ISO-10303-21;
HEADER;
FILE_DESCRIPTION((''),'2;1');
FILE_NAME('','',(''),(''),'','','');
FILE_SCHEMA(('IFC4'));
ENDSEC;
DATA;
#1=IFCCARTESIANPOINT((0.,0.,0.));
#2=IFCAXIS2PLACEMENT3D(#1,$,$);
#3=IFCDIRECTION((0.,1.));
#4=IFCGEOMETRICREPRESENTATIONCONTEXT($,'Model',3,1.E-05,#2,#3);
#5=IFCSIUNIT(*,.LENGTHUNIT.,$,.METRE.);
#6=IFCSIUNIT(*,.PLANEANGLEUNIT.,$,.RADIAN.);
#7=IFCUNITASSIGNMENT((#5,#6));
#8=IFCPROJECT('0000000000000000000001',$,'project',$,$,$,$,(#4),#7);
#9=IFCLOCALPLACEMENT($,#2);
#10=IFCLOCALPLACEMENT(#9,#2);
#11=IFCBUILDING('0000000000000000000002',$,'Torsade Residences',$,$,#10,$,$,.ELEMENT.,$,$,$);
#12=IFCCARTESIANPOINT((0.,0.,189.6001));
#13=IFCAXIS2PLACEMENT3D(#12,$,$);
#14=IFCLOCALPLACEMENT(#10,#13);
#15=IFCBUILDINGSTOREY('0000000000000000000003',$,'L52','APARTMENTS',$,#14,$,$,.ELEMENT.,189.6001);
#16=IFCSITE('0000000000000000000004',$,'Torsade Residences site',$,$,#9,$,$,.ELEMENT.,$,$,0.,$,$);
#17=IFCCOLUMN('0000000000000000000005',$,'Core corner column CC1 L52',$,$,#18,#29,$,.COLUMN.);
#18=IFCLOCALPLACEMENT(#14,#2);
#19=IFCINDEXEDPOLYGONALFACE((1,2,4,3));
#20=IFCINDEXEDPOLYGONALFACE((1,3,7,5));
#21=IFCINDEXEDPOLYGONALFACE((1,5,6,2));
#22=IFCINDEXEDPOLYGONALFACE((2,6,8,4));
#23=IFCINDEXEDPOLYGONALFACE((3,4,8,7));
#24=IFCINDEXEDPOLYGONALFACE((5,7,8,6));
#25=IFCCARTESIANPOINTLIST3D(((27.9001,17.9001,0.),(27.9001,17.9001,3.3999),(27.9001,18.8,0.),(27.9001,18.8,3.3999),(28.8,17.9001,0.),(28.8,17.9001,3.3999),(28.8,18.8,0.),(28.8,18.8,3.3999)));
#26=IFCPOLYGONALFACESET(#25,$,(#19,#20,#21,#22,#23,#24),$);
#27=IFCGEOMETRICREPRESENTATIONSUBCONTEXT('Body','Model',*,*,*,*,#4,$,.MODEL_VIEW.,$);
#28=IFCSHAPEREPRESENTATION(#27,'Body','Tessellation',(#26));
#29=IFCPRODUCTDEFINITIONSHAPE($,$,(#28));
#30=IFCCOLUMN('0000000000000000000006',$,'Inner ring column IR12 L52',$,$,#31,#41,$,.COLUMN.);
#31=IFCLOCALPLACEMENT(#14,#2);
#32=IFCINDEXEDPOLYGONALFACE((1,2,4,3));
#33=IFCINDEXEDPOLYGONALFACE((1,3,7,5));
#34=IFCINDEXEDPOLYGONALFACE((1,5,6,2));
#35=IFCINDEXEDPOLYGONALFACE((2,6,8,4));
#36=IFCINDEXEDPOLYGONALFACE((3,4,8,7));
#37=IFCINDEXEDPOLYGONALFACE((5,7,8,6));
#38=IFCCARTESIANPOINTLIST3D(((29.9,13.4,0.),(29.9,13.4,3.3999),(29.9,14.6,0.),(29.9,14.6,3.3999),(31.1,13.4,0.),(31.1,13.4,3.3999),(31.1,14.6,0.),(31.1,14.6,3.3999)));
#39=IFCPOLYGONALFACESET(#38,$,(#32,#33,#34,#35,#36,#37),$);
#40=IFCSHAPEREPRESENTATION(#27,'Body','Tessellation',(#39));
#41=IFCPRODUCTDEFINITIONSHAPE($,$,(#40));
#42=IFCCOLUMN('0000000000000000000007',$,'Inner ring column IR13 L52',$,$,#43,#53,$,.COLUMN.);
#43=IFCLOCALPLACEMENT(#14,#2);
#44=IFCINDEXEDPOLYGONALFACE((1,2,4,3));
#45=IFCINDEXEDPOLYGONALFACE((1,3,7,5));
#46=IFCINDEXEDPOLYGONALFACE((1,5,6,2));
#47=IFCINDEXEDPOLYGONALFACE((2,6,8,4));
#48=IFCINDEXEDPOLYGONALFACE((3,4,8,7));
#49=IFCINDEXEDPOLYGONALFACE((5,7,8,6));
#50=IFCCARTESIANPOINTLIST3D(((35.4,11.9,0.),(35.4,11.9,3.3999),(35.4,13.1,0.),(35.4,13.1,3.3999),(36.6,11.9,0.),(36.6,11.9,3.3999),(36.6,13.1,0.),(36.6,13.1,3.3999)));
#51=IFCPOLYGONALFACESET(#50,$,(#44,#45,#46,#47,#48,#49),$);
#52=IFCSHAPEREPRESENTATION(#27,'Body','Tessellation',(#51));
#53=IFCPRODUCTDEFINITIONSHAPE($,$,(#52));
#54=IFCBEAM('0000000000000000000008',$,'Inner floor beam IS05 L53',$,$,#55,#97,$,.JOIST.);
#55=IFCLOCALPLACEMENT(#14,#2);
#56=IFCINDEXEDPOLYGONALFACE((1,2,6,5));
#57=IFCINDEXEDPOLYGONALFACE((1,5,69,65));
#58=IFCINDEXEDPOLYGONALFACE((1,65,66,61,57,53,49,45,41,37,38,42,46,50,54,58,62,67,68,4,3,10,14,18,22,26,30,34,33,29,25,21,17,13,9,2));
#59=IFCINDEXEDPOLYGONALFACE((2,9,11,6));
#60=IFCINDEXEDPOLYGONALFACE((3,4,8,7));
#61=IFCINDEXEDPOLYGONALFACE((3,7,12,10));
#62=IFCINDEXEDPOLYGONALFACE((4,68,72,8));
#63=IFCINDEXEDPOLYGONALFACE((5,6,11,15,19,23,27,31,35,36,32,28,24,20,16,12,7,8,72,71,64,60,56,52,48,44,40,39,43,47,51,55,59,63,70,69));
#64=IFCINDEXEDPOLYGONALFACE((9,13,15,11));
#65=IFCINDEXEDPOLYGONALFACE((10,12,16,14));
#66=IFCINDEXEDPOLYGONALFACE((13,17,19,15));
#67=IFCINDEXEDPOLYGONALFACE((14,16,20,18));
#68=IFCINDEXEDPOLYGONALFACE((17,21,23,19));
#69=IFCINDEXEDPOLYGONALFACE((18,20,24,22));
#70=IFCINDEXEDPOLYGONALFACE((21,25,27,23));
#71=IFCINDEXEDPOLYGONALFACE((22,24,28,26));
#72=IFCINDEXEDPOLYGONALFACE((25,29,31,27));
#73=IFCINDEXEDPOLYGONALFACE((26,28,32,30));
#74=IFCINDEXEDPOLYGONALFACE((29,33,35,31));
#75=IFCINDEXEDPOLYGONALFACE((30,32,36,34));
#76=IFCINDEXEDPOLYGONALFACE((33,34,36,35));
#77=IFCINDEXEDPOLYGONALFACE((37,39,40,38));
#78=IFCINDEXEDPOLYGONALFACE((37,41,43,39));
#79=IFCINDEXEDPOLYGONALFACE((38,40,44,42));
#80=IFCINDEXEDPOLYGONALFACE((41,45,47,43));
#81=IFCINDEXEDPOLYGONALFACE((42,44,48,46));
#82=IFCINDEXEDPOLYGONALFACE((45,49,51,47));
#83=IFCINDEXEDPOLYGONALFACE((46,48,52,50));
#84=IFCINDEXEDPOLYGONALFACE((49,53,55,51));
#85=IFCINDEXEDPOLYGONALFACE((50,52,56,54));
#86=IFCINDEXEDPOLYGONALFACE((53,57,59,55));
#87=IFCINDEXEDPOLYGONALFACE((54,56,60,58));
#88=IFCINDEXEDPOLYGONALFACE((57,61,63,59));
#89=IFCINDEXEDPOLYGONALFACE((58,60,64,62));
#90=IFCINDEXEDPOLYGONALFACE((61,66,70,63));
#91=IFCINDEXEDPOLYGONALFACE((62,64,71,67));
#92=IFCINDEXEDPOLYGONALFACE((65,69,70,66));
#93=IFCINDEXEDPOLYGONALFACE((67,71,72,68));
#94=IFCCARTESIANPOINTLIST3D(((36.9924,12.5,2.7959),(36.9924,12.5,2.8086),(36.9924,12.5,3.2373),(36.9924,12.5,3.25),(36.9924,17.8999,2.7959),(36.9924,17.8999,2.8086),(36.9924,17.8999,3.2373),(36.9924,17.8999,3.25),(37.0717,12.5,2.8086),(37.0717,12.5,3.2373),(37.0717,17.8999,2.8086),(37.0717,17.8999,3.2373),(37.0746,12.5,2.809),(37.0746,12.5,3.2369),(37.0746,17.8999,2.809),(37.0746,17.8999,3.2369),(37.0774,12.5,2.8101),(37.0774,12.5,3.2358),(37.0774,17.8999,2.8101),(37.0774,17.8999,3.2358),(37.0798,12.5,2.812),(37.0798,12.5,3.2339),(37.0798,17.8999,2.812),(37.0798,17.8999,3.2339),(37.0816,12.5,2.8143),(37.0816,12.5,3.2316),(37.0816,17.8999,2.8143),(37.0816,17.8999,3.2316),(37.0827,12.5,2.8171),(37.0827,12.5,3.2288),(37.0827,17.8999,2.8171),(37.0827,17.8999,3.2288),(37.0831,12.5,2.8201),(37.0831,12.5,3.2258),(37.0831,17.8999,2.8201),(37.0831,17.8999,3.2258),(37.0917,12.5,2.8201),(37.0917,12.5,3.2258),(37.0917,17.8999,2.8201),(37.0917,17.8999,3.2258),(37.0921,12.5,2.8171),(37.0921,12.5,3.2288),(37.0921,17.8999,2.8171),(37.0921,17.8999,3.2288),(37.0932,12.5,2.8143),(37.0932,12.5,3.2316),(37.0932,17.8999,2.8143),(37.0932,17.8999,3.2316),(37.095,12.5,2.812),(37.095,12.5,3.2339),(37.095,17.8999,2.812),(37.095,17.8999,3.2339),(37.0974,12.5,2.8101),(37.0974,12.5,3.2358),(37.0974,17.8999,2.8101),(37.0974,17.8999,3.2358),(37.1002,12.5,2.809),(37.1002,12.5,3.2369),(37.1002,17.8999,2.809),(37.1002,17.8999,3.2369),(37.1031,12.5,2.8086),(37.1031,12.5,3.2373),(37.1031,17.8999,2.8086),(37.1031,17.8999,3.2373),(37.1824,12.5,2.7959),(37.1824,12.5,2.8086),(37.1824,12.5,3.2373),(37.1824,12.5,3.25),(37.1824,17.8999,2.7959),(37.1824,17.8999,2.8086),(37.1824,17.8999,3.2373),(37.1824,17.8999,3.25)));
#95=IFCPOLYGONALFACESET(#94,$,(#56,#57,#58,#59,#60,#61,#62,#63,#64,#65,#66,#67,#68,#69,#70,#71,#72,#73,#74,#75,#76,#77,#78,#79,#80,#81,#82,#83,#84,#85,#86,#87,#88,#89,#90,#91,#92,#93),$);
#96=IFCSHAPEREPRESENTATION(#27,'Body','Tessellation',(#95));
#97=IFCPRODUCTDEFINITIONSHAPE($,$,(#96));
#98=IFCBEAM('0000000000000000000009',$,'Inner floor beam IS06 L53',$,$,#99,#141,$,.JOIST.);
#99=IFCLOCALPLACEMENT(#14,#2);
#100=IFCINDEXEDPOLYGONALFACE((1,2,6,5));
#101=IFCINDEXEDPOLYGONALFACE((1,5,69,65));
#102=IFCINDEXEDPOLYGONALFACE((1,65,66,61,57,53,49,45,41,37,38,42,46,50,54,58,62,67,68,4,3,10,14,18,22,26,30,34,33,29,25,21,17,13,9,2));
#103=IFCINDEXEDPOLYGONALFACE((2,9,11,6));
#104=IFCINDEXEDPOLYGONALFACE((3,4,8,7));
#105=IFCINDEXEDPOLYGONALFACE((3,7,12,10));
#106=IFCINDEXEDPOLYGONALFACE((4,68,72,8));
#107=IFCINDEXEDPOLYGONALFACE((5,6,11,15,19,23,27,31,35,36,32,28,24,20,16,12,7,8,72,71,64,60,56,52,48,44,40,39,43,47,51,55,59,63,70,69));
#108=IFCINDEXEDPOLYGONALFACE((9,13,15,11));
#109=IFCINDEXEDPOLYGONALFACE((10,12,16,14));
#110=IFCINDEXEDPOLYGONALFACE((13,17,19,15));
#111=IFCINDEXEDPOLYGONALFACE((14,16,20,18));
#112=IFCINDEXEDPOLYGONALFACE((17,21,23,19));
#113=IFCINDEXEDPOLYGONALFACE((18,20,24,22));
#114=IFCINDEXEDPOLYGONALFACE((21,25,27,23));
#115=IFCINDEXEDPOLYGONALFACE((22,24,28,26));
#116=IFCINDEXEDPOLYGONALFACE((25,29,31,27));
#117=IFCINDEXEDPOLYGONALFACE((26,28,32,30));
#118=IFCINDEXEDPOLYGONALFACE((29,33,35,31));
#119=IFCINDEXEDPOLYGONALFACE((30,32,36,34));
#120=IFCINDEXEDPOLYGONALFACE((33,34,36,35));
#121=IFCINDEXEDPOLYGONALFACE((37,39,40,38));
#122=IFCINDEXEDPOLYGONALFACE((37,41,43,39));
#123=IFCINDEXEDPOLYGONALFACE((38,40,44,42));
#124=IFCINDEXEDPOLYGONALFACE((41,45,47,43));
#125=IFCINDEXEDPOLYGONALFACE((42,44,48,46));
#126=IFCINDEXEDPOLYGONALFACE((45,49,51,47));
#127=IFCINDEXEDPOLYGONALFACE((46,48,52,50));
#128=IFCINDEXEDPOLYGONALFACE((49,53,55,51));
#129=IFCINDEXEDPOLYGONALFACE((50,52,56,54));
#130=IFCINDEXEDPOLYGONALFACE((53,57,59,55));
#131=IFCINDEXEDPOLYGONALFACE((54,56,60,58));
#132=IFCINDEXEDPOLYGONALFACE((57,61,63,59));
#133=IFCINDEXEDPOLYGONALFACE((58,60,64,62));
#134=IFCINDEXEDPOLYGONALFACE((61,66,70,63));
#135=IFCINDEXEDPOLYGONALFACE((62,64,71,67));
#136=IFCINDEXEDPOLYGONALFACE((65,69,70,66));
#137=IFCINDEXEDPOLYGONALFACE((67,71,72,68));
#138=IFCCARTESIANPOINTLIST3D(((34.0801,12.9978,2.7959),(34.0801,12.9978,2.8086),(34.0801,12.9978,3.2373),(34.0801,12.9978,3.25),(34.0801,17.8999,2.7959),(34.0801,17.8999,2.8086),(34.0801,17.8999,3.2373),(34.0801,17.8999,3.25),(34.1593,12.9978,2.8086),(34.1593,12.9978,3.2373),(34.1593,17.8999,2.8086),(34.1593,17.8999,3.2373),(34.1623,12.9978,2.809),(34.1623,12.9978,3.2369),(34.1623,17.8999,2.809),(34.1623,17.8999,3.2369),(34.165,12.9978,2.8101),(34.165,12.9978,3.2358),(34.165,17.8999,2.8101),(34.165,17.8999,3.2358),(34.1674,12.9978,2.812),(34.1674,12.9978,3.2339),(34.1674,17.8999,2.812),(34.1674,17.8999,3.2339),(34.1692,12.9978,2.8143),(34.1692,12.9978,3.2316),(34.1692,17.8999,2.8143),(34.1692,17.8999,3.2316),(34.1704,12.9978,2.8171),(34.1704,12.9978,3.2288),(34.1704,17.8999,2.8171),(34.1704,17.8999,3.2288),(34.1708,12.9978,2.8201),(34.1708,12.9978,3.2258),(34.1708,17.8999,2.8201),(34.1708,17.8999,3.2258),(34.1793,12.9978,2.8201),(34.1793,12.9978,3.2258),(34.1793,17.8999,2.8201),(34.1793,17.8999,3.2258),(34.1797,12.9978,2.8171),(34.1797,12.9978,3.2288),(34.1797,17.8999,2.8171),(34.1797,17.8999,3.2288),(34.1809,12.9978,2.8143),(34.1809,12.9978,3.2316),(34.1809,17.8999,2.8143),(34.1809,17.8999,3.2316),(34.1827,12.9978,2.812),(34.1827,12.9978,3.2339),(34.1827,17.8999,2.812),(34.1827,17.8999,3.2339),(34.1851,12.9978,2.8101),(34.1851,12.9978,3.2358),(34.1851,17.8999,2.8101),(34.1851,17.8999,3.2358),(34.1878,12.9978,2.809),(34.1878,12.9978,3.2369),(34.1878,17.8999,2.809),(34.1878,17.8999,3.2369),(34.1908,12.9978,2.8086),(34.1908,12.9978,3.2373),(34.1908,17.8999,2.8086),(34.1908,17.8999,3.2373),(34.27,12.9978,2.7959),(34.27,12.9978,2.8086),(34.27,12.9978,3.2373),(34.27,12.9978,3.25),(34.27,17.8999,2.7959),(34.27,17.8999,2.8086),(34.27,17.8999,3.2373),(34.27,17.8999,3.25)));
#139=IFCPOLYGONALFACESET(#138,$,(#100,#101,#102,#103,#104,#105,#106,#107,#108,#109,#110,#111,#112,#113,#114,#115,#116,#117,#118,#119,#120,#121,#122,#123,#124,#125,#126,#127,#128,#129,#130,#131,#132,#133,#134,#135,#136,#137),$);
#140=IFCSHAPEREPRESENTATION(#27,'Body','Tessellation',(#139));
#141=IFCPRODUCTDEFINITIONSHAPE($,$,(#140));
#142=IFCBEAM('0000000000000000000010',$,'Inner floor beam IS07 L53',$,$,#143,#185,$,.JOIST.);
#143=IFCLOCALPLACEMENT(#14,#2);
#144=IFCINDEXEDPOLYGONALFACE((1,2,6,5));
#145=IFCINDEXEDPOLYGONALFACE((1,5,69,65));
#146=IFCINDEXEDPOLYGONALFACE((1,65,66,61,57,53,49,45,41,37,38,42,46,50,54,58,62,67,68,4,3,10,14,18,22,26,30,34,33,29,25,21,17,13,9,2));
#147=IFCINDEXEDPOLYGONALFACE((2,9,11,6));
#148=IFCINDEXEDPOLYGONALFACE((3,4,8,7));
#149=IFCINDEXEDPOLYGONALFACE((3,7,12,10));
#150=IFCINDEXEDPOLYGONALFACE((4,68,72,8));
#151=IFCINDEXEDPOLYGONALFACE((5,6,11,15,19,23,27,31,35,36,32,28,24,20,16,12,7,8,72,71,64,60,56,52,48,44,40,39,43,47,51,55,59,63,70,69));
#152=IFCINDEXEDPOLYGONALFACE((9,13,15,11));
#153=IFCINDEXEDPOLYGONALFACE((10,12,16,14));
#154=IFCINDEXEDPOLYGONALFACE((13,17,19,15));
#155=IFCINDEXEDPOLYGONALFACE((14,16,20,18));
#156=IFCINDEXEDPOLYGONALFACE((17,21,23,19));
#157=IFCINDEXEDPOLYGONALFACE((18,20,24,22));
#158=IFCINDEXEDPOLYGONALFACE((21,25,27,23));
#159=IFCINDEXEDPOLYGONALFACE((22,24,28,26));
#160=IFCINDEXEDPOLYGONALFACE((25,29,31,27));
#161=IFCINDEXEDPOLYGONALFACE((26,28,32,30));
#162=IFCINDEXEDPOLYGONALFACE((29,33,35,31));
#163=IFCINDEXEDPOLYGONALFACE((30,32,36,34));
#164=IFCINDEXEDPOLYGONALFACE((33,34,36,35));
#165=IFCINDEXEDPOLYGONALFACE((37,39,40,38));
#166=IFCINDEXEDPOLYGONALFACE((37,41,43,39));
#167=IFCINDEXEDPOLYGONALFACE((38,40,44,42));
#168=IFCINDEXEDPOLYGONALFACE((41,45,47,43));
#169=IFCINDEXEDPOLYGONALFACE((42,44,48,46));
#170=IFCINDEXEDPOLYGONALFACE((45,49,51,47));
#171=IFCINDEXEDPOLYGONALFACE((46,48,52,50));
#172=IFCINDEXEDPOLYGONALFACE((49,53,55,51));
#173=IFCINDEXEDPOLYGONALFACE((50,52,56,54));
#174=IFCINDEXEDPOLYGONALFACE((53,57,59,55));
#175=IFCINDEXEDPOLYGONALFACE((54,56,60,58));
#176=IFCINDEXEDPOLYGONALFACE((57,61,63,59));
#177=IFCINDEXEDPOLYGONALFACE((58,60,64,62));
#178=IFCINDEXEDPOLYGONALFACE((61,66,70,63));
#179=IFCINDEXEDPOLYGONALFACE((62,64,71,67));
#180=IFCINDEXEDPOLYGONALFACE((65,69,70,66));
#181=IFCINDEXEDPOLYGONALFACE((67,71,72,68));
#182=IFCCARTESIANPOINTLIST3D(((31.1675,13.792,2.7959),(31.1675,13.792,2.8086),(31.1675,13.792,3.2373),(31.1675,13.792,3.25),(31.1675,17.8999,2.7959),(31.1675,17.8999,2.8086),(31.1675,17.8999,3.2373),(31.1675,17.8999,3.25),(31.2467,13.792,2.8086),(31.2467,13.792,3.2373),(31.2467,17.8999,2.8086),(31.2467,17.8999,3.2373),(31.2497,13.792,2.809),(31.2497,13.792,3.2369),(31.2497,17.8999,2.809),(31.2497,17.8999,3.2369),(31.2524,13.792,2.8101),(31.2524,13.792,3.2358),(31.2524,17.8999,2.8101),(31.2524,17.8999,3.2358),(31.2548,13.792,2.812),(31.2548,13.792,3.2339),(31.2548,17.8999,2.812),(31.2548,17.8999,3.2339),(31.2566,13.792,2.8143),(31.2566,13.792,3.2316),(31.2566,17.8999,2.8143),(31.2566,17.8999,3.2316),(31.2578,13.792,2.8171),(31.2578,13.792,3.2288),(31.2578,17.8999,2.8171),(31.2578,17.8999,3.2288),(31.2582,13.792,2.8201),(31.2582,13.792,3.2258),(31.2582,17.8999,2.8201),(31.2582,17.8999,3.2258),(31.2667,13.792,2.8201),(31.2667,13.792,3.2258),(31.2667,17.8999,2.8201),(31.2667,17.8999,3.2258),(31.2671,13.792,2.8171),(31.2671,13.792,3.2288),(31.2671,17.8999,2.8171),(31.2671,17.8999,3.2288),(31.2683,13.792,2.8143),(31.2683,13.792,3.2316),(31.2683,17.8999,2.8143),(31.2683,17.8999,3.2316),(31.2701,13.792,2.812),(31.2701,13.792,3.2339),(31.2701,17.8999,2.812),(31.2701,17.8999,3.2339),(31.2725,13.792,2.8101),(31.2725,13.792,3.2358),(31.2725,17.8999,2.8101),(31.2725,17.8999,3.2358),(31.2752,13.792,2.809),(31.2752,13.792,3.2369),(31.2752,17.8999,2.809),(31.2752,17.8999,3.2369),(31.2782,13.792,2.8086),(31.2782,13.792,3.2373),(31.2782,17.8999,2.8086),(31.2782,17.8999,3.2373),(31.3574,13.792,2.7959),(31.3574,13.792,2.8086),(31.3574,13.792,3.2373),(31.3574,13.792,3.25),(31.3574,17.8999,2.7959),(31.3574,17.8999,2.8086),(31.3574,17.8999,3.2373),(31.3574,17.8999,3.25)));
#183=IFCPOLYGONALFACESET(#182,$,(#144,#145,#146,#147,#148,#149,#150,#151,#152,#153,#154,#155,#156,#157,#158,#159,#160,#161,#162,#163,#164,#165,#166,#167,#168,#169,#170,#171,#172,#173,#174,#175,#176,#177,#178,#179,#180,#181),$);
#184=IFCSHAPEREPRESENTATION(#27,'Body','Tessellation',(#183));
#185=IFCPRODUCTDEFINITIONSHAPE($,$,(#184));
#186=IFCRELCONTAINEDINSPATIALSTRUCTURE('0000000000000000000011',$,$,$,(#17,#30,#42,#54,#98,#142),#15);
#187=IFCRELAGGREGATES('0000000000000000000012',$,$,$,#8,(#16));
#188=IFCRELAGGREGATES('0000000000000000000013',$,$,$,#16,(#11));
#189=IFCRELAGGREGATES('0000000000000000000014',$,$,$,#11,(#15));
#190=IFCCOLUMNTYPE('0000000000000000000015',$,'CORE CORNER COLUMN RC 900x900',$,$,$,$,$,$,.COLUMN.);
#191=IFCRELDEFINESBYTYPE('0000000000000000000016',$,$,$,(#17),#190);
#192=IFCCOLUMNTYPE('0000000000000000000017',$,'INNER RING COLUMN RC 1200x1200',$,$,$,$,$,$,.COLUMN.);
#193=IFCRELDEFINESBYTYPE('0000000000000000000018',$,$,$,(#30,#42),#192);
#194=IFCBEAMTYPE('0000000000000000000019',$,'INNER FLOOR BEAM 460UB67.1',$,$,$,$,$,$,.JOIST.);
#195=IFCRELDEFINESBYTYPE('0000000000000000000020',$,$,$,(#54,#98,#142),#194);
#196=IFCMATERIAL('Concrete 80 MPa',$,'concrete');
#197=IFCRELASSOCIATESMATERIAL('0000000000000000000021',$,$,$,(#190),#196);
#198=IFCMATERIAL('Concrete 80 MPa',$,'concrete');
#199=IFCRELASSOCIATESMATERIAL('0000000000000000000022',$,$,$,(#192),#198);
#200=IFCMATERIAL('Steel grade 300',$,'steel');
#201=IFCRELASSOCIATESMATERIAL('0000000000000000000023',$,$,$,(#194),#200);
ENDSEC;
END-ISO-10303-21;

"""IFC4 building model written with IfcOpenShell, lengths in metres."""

from ifc_helpers import new_model, si_unit, direction, frame, origin, origin_2d, place, context, subcontext, project, spatial, rectangle, i_section, extrude, material, material_profile, profile_set, type_object, element, save


model = new_model("IFC4")

# Units and contexts
model_context = context("Model", 3, precision=1e-05, world=origin(), true_north=direction((0.0, 1.0)))
body_context = subcontext(model_context, "Body", "Model", "MODEL_VIEW")
ifc_project = project(units=[si_unit("LENGTHUNIT", "METRE"), si_unit("PLANEANGLEUNIT", "RADIAN")], contexts=[model_context])

# Site, building, storey
site_placement = place(None, origin())
site = spatial("IfcSite", under=ifc_project, at=site_placement, Name="Torsade Residences site", CompositionType="ELEMENT", RefElevation=0.0)
building_placement = place(site_placement, origin())
building = spatial("IfcBuilding", under=site, at=building_placement, Name="Torsade Residences", CompositionType="ELEMENT")
storey_placement = place(building_placement, frame((0.0, 0.0, 189.6001)))
storey = spatial("IfcBuildingStorey", under=building, at=storey_placement, Name="L52", Description="APARTMENTS", CompositionType="ELEMENT", Elevation=189.6001)

# Columns
ifc_material_1 = material(Name="Concrete 80 MPa", Category="concrete")
ifc_material_profile_1 = material_profile(ifc_material_1, rectangle(XDim=0.8999, YDim=0.8999, at=origin_2d()), Name="RC 900x900")
ifc_profile_set_1 = profile_set([ifc_material_profile_1], Name="Concrete 80 MPa")
column_type_1 = type_object("IfcColumnType", Name="CORE CORNER COLUMN RC 900x900", PredefinedType="COLUMN", material=ifc_profile_set_1)
column_placement = place(storey_placement, frame((28.3501, 18.3501, 0.0), z_axis=(0.0, 0.0, 1.0), x_axis=(1.0, 0.0, 0.0)))
element("IfcColumn", 1, at=column_placement, inside=storey, type_object=column_type_1, Name="Core corner column CC1 L52", PredefinedType="COLUMN", context=body_context, shape_type="SweptSolid", body=[
    extrude(rectangle(XDim=0.8999, YDim=0.8999, at=origin_2d()), origin(), (0.0, 0.0, 1.0), 3.3999),
])
ifc_material_2 = material(Name="Concrete 80 MPa", Category="concrete")
ifc_material_profile_2 = material_profile(ifc_material_2, rectangle(XDim=1.2, YDim=1.2, at=origin_2d()), Name="RC 1200x1200")
ifc_profile_set_2 = profile_set([ifc_material_profile_2], Name="Concrete 80 MPa")
column_type_2 = type_object("IfcColumnType", Name="INNER RING COLUMN RC 1200x1200", PredefinedType="COLUMN", material=ifc_profile_set_2)
for number, where, z_axis, x_axis, name in (
    (2, (30.5, 14.0, 0.0), (0.0, 0.0, 1.0), (1.0, 0.0, 0.0), "Inner ring column IR12 L52"),
    (3, (36.0, 12.5, 0.0), (0.0, 0.0, 1.0), (1.0, 0.0, 0.0), "Inner ring column IR13 L52"),
):
    element("IfcColumn", number, at=place(storey_placement, frame(where, z_axis=z_axis, x_axis=x_axis)), inside=storey, type_object=column_type_2, Name=name, PredefinedType="COLUMN", context=body_context, shape_type="SweptSolid", body=[
        extrude(rectangle(XDim=1.2, YDim=1.2, at=origin_2d()), origin(), (0.0, 0.0, 1.0), 3.3999),
    ])

# Beams
ifc_material_3 = material(Name="Steel grade 300", Category="steel")
ifc_material_profile_3 = material_profile(ifc_material_3, i_section(OverallWidth=0.1899, OverallDepth=0.4541, WebThickness=0.0085, FlangeThickness=0.0127, FilletRadius=0.0115, at=origin_2d()), Name="460UB67.1")
ifc_profile_set_3 = profile_set([ifc_material_profile_3], Name="Steel grade 300")
beam_type_1 = type_object("IfcBeamType", Name="INNER FLOOR BEAM 460UB67.1", PredefinedType="JOIST", material=ifc_profile_set_3)
beam_1_placement = place(storey_placement, frame((37.0874, 17.8999, 3.0229), z_axis=(0.0, -1.0, 0.0), x_axis=(1.0, 0.0, 0.0)))
element("IfcBeam", 4, at=beam_1_placement, inside=storey, type_object=beam_type_1, Name="Inner floor beam IS05 L53", PredefinedType="JOIST", context=body_context, shape_type="SweptSolid", body=[
    extrude(i_section(OverallWidth=0.1899, OverallDepth=0.4541, WebThickness=0.0085, FlangeThickness=0.0127, FilletRadius=0.0115, at=origin_2d()), origin(), (0.0, 0.0, 1.0), 5.3999),
])
beam_2_placement = place(storey_placement, frame((34.175, 17.8999, 3.0229), z_axis=(0.0, -1.0, 0.0), x_axis=(1.0, 0.0, 0.0)))
element("IfcBeam", 5, at=beam_2_placement, inside=storey, type_object=beam_type_1, Name="Inner floor beam IS06 L53", PredefinedType="JOIST", context=body_context, shape_type="SweptSolid", body=[
    extrude(i_section(OverallWidth=0.1899, OverallDepth=0.4541, WebThickness=0.0085, FlangeThickness=0.0127, FilletRadius=0.0115, at=origin_2d()), origin(), (0.0, 0.0, 1.0), 4.9021),
])
beam_3_placement = place(storey_placement, frame((31.2625, 17.8999, 3.0229), z_axis=(0.0, -1.0, 0.0), x_axis=(1.0, 0.0, 0.0)))
element("IfcBeam", 6, at=beam_3_placement, inside=storey, type_object=beam_type_1, Name="Inner floor beam IS07 L53", PredefinedType="JOIST", context=body_context, shape_type="SweptSolid", body=[
    extrude(i_section(OverallWidth=0.1899, OverallDepth=0.4541, WebThickness=0.0085, FlangeThickness=0.0127, FilletRadius=0.0115, at=origin_2d()), origin(), (0.0, 0.0, 1.0), 4.1079),
])

save(model, "model.ifc")
